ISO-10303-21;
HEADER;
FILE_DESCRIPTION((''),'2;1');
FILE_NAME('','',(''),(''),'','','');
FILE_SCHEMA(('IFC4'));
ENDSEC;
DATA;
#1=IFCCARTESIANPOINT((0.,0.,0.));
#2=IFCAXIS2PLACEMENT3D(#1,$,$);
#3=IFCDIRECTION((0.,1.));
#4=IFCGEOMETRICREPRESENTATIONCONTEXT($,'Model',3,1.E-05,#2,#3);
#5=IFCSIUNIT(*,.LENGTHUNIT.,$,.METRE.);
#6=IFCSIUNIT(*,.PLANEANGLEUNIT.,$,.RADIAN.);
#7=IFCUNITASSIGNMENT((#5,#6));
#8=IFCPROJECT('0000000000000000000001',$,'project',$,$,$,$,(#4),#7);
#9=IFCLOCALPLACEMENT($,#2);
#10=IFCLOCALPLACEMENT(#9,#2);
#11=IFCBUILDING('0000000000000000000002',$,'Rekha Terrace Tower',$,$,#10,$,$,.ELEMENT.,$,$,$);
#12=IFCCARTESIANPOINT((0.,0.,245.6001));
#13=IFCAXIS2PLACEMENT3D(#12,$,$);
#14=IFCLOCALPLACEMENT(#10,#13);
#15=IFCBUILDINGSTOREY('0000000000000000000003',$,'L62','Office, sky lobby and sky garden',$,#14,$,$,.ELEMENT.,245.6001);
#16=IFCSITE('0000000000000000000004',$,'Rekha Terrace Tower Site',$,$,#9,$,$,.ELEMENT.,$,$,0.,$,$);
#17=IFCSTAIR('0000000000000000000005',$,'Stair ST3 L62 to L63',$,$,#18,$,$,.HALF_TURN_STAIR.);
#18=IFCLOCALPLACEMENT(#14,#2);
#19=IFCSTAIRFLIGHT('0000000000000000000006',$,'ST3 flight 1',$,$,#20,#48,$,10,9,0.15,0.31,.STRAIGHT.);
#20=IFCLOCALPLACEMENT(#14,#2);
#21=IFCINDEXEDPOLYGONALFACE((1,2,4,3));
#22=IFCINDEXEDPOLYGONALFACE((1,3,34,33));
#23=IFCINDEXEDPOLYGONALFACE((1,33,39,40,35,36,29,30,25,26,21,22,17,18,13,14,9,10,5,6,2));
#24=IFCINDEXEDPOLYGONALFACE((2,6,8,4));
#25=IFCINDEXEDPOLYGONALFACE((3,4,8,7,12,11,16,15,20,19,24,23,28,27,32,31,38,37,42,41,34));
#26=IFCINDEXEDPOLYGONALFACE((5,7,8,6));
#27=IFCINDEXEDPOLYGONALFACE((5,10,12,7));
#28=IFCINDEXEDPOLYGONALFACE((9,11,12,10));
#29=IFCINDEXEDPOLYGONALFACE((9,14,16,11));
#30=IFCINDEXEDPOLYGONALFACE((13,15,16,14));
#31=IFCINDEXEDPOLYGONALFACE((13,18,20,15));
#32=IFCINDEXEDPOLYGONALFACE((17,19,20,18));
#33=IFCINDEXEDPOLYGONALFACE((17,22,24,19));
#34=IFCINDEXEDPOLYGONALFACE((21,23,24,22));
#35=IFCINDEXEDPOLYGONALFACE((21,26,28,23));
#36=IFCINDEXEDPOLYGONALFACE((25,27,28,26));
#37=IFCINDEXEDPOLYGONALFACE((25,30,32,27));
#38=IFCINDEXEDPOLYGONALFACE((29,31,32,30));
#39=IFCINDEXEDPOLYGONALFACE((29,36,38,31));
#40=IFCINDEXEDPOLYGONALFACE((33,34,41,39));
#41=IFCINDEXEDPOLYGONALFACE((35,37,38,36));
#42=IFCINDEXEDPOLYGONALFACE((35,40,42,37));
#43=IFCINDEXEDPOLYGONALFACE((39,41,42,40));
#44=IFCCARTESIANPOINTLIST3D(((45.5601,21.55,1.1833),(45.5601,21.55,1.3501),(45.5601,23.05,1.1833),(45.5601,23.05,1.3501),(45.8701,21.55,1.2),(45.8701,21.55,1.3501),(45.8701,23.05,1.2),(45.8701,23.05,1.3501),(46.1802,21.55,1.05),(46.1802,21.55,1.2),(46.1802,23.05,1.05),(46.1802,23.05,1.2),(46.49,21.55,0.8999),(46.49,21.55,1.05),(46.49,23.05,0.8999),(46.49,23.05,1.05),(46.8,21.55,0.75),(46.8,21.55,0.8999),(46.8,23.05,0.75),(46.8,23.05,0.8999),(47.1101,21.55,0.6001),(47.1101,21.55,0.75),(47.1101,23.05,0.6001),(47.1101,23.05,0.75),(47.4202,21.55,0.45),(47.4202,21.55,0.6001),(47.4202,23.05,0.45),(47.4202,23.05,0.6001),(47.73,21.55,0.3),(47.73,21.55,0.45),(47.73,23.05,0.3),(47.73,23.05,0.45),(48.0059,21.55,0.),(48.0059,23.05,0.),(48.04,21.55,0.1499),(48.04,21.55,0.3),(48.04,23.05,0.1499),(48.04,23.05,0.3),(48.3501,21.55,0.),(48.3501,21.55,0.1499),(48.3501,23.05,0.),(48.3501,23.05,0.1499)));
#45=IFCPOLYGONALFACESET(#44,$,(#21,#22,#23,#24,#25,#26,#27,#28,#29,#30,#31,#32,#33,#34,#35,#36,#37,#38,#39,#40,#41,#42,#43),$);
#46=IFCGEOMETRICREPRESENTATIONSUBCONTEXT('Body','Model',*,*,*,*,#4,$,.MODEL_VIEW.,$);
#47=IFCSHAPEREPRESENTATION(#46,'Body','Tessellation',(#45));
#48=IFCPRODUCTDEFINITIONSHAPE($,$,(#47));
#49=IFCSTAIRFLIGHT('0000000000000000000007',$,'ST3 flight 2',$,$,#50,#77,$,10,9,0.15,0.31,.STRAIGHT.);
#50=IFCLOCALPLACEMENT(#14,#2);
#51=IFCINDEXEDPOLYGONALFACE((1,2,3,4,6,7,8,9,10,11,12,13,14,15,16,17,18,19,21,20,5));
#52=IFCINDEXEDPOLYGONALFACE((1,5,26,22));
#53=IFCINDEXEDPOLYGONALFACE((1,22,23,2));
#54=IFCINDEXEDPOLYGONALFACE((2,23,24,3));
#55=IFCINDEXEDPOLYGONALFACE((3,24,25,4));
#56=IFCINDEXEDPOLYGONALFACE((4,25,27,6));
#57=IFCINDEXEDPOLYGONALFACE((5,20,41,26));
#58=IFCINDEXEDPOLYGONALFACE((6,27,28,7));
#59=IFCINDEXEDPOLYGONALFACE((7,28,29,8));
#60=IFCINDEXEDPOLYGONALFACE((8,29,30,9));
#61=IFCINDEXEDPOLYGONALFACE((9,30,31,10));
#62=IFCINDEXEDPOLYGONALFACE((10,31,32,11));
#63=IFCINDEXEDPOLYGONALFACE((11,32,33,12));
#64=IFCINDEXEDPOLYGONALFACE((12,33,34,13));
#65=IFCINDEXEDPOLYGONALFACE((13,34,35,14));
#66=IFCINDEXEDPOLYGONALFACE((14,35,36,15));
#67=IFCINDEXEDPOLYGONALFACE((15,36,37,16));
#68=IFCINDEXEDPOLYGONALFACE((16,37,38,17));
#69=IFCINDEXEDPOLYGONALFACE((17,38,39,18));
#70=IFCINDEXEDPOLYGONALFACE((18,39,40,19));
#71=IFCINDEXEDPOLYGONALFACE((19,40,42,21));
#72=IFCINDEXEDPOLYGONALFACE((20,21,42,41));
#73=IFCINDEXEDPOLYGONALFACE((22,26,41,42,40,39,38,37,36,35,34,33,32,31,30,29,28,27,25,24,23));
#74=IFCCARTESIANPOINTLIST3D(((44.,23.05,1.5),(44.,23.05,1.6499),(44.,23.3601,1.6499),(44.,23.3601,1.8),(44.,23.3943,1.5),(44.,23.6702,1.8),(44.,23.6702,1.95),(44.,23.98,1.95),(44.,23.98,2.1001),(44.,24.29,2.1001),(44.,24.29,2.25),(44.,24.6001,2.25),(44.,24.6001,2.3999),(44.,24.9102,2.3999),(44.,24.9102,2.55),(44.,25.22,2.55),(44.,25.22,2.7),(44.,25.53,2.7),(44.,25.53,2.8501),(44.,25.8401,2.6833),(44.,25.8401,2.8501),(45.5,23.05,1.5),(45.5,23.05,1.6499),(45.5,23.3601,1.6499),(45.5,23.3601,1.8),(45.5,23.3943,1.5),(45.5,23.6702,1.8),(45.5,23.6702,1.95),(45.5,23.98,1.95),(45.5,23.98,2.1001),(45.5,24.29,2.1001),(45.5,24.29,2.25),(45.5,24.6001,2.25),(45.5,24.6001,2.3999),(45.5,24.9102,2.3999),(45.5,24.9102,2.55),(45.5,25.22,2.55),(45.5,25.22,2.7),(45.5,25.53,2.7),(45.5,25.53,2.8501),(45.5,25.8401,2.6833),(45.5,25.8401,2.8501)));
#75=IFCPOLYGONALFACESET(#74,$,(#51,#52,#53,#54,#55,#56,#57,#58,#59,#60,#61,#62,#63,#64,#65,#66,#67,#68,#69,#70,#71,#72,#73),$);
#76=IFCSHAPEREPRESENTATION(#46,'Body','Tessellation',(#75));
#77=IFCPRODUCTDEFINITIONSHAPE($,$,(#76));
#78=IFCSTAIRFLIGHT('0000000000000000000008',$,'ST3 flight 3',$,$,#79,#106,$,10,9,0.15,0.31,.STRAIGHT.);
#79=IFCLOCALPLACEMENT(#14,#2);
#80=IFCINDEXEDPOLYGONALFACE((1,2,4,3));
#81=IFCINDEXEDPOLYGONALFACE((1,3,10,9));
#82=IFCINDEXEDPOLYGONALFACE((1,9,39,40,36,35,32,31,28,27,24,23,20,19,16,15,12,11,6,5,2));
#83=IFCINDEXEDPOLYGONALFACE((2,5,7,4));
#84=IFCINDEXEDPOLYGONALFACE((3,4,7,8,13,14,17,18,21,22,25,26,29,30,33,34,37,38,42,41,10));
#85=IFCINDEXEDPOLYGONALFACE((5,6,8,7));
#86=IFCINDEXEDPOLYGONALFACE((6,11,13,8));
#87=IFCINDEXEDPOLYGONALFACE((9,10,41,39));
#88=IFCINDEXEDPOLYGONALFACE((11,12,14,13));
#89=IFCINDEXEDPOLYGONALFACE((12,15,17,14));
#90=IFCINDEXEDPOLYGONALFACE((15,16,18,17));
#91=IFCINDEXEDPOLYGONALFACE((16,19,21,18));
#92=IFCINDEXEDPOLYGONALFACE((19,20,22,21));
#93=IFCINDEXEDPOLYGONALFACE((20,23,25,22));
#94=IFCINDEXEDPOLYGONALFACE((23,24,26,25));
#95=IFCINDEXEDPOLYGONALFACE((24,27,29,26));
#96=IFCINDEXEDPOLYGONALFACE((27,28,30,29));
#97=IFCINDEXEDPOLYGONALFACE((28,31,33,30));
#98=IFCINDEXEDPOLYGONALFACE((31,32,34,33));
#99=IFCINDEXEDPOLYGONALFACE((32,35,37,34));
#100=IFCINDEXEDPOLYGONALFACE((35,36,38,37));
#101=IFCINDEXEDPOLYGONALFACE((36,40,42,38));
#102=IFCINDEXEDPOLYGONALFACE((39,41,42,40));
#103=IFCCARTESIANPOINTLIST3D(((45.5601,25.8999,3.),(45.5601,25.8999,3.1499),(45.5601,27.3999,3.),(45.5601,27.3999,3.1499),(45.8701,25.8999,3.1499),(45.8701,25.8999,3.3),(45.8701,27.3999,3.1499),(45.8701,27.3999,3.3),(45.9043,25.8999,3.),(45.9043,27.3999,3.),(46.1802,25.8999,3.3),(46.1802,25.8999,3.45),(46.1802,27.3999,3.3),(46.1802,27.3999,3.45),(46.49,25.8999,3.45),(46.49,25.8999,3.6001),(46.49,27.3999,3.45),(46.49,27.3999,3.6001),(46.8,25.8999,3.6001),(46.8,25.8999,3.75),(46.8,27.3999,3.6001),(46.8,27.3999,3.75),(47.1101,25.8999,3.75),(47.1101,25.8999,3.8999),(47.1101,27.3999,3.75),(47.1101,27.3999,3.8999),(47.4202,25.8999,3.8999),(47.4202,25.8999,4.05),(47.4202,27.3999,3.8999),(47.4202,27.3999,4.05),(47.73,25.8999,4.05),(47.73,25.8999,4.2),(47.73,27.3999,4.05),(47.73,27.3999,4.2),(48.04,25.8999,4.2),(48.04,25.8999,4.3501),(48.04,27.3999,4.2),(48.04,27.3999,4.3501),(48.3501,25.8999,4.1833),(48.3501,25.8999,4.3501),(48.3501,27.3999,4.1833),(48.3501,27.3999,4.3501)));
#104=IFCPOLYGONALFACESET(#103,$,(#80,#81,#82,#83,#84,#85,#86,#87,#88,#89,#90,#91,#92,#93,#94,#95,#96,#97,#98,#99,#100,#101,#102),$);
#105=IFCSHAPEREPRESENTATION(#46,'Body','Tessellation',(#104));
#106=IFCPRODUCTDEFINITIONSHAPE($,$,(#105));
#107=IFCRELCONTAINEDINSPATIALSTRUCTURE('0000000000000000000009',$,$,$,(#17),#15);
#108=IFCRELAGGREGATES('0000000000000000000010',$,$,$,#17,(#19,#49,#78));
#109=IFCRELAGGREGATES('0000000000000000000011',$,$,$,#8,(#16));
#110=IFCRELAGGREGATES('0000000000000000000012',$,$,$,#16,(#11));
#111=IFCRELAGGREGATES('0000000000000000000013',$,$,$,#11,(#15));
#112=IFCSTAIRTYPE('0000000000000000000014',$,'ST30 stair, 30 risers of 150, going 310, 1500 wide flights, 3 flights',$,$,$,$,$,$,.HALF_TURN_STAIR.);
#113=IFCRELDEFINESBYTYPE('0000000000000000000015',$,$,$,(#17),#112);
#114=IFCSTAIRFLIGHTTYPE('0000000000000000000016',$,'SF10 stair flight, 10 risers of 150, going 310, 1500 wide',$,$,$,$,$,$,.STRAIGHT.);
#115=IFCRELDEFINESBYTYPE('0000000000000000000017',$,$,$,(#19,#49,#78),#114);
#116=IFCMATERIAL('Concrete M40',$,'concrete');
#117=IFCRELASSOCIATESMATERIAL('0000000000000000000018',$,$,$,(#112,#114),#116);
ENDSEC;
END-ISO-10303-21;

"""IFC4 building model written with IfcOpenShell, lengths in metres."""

from ifc_helpers import new_model, si_unit, direction, frame, origin, place, context, subcontext, project, spatial, polyline, outline, extrude, material, type_object, element, aggregate, save


model = new_model("IFC4")

# Units and contexts
model_context = context("Model", 3, precision=1e-05, world=origin(), true_north=direction((0.0, 1.0)))
body_context = subcontext(model_context, "Body", "Model", "MODEL_VIEW")
ifc_project = project(units=[si_unit("LENGTHUNIT", "METRE"), si_unit("PLANEANGLEUNIT", "RADIAN")], contexts=[model_context])

# Site, building, storey
site_placement = place(None, origin())
site = spatial("IfcSite", under=ifc_project, at=site_placement, Name="Rekha Terrace Tower Site", CompositionType="ELEMENT", RefElevation=0.0)
building_placement = place(site_placement, origin())
building = spatial("IfcBuilding", under=site, at=building_placement, Name="Rekha Terrace Tower", CompositionType="ELEMENT")
storey_placement = place(building_placement, frame((0.0, 0.0, 245.6001)))
storey = spatial("IfcBuildingStorey", under=building, at=storey_placement, Name="L62", Description="Office, sky lobby and sky garden", CompositionType="ELEMENT", Elevation=245.6001)

# Stair, stair flights
ifc_material_1 = material(Name="Concrete M40", Category="concrete")
stair_type = type_object("IfcStairType", Name="ST30 stair, 30 risers of 150, going 310, 1500 wide flights, 3 flights", PredefinedType="HALF_TURN_STAIR", material=ifc_material_1)
stair_placement = place(storey_placement, origin())
stair = element("IfcStair", 1, at=stair_placement, inside=storey, type_object=stair_type, Name="Stair ST3 L62 to L63", PredefinedType="HALF_TURN_STAIR")
stair_flight_type = type_object("IfcStairFlightType", Name="SF10 stair flight, 10 risers of 150, going 310, 1500 wide", PredefinedType="STRAIGHT", material=ifc_material_1)
stair_flight_1_placement = place(storey_placement, frame((48.3501, 22.3, 0.0), z_axis=(0.0, 0.0, 1.0), x_axis=(-1.0, 0.0, 0.0)))
stair_flight_1 = element("IfcStairFlight", 2, at=stair_flight_1_placement, type_object=stair_flight_type, Name="ST3 flight 1", NumberOfRisers=10, NumberOfTreads=9, PredefinedType="STRAIGHT", RiserHeight=0.15, TreadLength=0.31, context=body_context, shape_type="SweptSolid", body=[
    extrude(outline(polyline([(0.0, 0.0), (0.0, 0.1499), (0.3101, 0.1499), (0.3101, 0.3), (0.6201, 0.3), (0.6201, 0.45), (0.9299, 0.45), (0.9299, 0.6001), (1.24, 0.6001), (1.24, 0.75), (1.55, 0.75), (1.55, 0.8999), (1.8601, 0.8999), (1.8601, 1.05), (2.1699, 1.05), (2.1699, 1.2), (2.48, 1.2), (2.48, 1.3501), (2.79, 1.3501), (2.79, 1.5), (2.79, 1.1833), (0.3442, 0.0), (0.0, 0.0)])), frame((0.0, 0.75, 0.0), z_axis=(0.0, -1.0, 0.0), x_axis=(1.0, 0.0, 0.0)), (0.0, 0.0, 1.0), 1.5),
])
stair_flight_2_placement = place(storey_placement, frame((44.75, 23.05, 1.5), z_axis=(0.0, 0.0, 1.0), x_axis=(0.0, 1.0, 0.0)))
stair_flight_2 = element("IfcStairFlight", 3, at=stair_flight_2_placement, type_object=stair_flight_type, Name="ST3 flight 2", NumberOfRisers=10, NumberOfTreads=9, PredefinedType="STRAIGHT", RiserHeight=0.15, TreadLength=0.31, context=body_context, shape_type="SweptSolid", body=[
    extrude(outline(polyline([(0.0, 0.0), (0.0, 0.1499), (0.3101, 0.1499), (0.3101, 0.3), (0.6201, 0.3), (0.6201, 0.45), (0.9299, 0.45), (0.9299, 0.6001), (1.24, 0.6001), (1.24, 0.75), (1.55, 0.75), (1.55, 0.8999), (1.8601, 0.8999), (1.8601, 1.05), (2.1699, 1.05), (2.1699, 1.2), (2.48, 1.2), (2.48, 1.3501), (2.79, 1.3501), (2.79, 1.5), (2.79, 1.1833), (0.3442, 0.0), (0.0, 0.0)])), frame((0.0, 0.75, 0.0), z_axis=(0.0, -1.0, 0.0), x_axis=(1.0, 0.0, 0.0)), (0.0, 0.0, 1.0), 1.5),
])
stair_flight_3_placement = place(storey_placement, frame((45.5601, 26.6499, 3.0), z_axis=(0.0, 0.0, 1.0), x_axis=(1.0, 0.0, 0.0)))
stair_flight_3 = element("IfcStairFlight", 4, at=stair_flight_3_placement, type_object=stair_flight_type, Name="ST3 flight 3", NumberOfRisers=10, NumberOfTreads=9, PredefinedType="STRAIGHT", RiserHeight=0.15, TreadLength=0.31, context=body_context, shape_type="SweptSolid", body=[
    extrude(outline(polyline([(0.0, 0.0), (0.0, 0.1499), (0.3101, 0.1499), (0.3101, 0.3), (0.6201, 0.3), (0.6201, 0.45), (0.9299, 0.45), (0.9299, 0.6001), (1.24, 0.6001), (1.24, 0.75), (1.55, 0.75), (1.55, 0.8999), (1.8601, 0.8999), (1.8601, 1.05), (2.1699, 1.05), (2.1699, 1.2), (2.48, 1.2), (2.48, 1.3501), (2.79, 1.3501), (2.79, 1.5), (2.79, 1.1833), (0.3442, 0.0), (0.0, 0.0)])), frame((0.0, 0.75, 0.0), z_axis=(0.0, -1.0, 0.0), x_axis=(1.0, 0.0, 0.0)), (0.0, 0.0, 1.0), 1.5),
])
aggregate(stair, [stair_flight_1, stair_flight_2, stair_flight_3])

save(model, "model.ifc")
